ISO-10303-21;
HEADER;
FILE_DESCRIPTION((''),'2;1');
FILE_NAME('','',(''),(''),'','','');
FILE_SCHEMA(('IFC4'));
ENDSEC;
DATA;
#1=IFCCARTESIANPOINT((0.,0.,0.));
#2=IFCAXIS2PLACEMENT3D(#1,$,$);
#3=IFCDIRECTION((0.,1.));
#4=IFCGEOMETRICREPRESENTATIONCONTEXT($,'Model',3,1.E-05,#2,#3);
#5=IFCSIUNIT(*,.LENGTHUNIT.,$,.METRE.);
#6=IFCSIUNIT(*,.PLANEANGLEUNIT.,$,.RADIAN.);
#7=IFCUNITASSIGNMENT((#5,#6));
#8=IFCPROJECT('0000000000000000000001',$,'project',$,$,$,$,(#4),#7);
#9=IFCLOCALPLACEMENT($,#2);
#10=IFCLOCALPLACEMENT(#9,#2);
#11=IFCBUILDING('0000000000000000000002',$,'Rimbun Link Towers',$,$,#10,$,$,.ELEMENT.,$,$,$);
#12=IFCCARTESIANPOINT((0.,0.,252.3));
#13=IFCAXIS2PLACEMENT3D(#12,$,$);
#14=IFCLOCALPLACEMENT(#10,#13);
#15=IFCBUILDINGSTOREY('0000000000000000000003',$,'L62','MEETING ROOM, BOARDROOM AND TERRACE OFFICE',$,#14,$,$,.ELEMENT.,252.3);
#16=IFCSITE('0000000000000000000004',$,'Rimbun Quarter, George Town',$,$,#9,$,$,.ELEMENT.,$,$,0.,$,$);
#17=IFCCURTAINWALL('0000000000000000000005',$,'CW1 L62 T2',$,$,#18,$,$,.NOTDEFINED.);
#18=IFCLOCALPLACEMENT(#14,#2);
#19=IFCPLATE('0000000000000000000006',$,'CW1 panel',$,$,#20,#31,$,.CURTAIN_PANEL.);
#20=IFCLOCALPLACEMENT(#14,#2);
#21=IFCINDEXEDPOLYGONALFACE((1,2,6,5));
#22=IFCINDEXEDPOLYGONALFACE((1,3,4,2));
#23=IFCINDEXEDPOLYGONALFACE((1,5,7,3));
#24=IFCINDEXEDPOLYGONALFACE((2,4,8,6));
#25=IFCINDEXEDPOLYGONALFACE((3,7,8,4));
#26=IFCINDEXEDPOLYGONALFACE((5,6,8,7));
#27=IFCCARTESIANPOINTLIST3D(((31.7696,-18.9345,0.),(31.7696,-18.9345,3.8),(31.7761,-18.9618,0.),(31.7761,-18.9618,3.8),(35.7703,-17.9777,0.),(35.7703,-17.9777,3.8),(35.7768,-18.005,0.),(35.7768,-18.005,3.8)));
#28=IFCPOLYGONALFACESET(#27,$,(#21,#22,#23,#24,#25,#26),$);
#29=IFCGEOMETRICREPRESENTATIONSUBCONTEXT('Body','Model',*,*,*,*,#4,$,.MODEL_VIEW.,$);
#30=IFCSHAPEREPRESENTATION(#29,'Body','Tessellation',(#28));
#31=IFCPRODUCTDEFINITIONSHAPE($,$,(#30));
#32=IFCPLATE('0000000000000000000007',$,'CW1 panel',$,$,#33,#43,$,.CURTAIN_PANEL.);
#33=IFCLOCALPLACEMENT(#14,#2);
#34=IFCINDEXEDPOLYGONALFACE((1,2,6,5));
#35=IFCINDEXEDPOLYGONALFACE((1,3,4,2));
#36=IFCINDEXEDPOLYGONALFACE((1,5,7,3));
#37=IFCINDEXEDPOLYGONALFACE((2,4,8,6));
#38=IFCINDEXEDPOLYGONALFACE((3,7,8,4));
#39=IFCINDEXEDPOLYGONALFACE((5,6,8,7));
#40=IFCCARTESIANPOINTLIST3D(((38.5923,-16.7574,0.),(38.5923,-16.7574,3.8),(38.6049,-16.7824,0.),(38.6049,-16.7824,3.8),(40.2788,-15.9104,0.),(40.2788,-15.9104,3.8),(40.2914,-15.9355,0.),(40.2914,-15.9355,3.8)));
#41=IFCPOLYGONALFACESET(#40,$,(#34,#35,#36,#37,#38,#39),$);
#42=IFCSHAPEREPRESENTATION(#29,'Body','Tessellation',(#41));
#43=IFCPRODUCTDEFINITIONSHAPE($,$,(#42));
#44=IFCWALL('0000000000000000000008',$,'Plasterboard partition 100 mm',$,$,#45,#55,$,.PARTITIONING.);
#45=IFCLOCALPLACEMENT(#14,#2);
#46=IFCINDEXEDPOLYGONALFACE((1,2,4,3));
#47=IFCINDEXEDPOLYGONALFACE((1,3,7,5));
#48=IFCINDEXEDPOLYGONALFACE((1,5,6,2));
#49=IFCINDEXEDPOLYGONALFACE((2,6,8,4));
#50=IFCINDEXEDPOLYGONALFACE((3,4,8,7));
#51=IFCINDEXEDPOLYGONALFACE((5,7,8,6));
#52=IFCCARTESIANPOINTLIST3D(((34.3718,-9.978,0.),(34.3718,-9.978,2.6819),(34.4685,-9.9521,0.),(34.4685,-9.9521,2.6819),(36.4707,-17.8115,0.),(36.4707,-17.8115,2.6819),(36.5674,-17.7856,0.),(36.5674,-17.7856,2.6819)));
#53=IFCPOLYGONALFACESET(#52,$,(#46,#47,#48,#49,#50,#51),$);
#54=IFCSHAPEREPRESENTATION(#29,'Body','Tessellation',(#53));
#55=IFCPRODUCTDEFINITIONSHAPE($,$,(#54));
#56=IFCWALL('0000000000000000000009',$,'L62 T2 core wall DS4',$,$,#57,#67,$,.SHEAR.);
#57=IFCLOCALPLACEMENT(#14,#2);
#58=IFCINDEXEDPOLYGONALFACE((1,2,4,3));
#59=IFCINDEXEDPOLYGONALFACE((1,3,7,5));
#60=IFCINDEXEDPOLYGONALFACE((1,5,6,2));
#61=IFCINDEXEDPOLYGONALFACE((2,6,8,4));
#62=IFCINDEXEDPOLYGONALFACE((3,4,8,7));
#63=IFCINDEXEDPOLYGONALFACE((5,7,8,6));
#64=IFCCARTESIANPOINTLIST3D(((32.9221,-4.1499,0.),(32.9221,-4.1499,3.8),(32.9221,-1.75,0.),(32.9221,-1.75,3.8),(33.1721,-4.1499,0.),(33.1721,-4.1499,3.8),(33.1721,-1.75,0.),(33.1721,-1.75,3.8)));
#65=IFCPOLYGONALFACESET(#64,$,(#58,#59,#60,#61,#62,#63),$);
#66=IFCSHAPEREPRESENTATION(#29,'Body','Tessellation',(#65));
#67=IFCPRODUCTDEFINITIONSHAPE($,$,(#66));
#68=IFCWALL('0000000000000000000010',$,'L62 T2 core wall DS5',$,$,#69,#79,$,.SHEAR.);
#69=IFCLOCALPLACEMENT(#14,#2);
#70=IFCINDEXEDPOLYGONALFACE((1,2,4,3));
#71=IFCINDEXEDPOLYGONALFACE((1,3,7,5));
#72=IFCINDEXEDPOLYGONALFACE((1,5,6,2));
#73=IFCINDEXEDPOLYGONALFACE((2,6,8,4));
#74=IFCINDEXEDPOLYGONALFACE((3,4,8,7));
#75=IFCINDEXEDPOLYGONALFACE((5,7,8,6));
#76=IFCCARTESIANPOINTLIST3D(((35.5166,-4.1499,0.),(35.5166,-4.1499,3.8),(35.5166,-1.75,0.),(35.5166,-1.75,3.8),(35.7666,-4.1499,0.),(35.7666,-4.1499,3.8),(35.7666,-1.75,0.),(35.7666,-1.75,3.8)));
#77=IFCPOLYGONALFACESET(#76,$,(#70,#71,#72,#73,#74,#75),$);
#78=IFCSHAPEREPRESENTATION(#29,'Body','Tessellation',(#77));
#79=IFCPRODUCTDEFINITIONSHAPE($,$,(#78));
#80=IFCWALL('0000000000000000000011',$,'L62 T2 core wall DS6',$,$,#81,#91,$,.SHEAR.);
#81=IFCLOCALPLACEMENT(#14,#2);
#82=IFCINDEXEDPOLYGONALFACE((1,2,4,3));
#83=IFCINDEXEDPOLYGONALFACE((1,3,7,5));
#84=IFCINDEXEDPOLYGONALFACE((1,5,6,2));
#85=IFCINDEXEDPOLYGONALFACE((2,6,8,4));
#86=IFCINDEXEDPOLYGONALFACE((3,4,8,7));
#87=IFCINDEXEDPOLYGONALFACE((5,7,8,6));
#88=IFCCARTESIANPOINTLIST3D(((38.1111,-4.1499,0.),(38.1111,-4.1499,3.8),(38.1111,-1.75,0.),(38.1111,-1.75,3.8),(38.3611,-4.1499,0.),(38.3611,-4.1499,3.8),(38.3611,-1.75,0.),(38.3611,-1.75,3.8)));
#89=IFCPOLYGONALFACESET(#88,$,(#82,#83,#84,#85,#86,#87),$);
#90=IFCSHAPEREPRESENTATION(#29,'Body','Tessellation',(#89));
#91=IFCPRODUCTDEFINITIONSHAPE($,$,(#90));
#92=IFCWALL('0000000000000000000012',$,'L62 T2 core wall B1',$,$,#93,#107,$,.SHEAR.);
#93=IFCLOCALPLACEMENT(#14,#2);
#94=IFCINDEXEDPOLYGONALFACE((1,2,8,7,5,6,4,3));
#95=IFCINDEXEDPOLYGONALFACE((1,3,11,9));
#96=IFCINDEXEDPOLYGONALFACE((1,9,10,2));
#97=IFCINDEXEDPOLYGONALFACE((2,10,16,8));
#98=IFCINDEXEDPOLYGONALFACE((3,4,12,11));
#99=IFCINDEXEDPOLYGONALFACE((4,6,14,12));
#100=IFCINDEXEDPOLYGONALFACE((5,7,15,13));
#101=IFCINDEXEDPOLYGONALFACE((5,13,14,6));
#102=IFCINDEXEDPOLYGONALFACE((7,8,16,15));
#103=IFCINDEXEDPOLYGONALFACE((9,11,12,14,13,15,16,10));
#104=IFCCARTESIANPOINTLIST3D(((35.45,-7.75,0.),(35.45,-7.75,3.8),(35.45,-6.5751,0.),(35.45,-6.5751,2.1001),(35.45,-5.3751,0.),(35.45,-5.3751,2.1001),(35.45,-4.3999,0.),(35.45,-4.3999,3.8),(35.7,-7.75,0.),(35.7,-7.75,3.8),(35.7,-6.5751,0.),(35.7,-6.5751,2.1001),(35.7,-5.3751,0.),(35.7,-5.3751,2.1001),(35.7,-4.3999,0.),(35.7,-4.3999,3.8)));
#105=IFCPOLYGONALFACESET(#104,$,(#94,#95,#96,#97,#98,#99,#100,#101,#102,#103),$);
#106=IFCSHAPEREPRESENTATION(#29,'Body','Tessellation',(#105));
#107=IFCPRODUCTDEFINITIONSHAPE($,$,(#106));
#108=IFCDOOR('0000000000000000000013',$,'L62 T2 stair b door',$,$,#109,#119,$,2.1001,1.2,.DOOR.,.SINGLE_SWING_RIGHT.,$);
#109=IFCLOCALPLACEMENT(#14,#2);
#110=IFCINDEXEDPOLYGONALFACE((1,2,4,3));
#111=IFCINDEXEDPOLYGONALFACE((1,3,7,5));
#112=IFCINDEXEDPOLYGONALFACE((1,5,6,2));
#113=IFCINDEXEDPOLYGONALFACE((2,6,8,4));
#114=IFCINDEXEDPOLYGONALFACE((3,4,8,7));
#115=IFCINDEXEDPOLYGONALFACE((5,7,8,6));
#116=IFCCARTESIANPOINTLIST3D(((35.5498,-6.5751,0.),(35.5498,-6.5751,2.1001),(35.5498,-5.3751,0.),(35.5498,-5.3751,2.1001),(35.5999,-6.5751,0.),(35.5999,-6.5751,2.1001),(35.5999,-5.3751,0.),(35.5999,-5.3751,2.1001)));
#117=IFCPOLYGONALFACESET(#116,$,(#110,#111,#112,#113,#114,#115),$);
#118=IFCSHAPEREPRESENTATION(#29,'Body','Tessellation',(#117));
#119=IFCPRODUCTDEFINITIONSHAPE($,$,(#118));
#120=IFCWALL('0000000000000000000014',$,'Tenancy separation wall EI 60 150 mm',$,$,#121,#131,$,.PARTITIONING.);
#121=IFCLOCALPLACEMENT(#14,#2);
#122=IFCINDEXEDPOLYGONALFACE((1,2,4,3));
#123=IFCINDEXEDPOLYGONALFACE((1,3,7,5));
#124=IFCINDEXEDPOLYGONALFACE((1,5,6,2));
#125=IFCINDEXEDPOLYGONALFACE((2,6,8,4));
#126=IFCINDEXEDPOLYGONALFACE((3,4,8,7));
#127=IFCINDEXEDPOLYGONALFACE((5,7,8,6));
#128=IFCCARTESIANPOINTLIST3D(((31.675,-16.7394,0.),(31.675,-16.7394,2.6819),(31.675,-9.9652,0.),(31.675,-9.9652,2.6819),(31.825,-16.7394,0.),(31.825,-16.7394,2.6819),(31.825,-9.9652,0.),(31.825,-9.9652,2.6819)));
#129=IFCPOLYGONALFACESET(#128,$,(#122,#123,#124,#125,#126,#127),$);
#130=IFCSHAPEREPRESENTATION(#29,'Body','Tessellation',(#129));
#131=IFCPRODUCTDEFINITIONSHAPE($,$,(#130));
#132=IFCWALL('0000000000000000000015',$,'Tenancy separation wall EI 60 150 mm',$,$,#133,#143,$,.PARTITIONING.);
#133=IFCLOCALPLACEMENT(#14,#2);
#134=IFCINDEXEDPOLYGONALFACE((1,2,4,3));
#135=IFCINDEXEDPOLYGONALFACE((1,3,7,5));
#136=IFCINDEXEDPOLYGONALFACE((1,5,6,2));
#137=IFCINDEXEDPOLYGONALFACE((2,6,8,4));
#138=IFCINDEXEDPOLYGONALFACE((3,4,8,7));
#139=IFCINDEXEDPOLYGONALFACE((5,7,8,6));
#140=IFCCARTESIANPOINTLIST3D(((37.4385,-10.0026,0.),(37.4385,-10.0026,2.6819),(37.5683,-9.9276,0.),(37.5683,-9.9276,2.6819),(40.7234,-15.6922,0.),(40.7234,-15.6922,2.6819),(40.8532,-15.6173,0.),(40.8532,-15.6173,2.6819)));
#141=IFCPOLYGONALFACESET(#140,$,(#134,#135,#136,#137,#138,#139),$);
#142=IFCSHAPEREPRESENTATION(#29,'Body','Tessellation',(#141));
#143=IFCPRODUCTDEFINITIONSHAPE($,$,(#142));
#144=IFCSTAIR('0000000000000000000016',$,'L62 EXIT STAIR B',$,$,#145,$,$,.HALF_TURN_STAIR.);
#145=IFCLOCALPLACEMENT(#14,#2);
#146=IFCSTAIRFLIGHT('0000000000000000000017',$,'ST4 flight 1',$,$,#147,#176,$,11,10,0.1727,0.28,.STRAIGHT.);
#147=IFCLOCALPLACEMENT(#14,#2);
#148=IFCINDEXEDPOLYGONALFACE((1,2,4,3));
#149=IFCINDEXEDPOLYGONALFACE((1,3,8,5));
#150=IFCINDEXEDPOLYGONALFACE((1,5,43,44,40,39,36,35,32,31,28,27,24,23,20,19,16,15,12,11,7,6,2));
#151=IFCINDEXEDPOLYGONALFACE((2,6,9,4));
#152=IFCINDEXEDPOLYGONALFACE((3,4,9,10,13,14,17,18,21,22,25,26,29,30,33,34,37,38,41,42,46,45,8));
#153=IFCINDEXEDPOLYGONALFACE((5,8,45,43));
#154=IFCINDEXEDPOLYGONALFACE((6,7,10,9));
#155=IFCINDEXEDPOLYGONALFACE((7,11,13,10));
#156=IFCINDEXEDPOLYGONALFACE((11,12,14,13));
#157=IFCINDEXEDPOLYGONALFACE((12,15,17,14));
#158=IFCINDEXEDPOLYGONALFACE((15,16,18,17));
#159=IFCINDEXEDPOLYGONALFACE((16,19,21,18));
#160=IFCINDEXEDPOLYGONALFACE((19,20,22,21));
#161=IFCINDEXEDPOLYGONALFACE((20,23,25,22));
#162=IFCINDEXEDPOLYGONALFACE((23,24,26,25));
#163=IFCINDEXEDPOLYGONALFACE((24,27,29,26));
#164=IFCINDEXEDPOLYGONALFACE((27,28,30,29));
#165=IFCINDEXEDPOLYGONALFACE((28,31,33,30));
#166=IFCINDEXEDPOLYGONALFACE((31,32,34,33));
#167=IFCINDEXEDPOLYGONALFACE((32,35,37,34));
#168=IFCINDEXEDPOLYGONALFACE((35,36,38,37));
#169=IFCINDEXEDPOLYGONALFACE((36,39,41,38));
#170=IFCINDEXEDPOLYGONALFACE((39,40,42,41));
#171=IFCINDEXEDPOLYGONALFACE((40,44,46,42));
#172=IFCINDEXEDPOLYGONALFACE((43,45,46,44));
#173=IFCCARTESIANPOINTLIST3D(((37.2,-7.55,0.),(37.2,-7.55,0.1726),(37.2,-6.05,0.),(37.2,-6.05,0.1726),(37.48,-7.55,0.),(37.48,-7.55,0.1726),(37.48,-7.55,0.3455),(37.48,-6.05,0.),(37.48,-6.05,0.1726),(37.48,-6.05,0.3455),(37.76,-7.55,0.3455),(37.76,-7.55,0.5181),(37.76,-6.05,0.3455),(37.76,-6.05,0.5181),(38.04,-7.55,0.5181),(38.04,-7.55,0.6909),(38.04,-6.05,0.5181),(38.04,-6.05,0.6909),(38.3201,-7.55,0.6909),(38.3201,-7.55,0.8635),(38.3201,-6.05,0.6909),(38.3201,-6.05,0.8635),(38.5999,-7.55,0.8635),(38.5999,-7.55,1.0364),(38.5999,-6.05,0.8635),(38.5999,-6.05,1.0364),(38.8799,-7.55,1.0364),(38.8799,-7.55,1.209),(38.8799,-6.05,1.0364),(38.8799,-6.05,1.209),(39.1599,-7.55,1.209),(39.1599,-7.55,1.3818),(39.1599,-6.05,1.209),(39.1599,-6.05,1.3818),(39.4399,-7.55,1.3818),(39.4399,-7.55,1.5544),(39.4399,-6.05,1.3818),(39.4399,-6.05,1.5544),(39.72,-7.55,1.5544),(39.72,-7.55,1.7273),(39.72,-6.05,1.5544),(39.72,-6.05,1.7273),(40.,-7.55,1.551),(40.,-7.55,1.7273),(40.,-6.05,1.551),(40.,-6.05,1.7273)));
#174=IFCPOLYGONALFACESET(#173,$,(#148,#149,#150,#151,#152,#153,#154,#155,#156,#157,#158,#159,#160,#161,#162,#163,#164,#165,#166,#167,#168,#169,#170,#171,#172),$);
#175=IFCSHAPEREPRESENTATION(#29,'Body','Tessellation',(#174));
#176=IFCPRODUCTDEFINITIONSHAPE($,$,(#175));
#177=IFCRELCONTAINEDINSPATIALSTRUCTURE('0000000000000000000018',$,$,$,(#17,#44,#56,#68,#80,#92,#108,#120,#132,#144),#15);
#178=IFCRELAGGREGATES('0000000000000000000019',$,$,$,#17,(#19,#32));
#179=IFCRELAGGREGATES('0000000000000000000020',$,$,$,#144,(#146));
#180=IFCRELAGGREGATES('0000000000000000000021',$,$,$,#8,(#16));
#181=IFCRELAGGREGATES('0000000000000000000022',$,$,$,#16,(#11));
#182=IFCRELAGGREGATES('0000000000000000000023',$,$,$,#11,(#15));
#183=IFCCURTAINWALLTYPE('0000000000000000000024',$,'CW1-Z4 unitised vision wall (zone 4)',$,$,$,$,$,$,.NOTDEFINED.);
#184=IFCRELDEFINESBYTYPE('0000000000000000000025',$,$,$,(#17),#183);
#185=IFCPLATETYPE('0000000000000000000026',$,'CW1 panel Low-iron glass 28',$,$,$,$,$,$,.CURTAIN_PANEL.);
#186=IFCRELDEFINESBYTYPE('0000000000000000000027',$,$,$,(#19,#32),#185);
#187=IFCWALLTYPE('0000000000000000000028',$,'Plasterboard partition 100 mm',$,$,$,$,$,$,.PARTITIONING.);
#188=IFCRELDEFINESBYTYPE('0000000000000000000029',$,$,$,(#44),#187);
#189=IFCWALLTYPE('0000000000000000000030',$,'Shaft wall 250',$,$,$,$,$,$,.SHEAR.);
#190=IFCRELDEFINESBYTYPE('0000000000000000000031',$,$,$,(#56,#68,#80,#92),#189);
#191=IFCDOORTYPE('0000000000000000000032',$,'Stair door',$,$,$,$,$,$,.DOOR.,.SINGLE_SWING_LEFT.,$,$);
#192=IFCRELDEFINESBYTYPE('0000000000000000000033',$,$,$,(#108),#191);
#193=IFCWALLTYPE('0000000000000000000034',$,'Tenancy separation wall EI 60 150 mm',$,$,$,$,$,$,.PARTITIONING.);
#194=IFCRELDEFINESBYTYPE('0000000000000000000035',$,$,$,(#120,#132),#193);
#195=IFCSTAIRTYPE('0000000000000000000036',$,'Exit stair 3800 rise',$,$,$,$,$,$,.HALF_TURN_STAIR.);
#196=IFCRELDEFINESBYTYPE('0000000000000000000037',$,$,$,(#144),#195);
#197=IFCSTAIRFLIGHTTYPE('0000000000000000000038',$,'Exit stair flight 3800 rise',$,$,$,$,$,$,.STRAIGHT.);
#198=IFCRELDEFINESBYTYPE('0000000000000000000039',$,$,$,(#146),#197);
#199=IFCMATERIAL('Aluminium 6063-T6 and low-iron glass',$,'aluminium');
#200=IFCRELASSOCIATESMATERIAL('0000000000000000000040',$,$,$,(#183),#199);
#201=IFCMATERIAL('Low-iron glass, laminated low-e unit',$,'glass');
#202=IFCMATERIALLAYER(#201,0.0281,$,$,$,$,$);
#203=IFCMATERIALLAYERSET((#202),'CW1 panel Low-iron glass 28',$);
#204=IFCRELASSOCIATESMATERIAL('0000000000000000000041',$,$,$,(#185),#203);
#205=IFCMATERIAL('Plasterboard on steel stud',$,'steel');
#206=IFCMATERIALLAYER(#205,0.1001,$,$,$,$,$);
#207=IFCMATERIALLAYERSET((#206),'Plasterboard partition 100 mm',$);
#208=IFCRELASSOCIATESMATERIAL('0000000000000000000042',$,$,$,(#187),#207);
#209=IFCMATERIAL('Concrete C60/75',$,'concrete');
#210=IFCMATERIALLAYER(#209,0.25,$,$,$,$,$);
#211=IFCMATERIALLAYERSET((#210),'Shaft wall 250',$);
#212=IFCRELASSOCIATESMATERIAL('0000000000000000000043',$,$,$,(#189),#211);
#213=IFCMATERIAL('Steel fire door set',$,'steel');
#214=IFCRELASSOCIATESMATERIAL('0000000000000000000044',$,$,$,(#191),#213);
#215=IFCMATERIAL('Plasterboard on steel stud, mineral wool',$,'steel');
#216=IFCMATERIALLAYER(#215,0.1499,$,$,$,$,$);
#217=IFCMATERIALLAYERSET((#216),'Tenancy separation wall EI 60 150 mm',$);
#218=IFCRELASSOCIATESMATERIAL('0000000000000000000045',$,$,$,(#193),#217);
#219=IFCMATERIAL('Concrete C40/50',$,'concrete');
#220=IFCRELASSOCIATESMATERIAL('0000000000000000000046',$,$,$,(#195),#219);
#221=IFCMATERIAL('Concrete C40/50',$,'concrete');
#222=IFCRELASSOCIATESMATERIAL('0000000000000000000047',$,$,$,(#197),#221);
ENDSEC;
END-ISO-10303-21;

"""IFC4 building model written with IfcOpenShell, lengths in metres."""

from ifc_helpers import new_model, si_unit, direction, frame, frame_2d, origin, origin_2d, place, context, subcontext, project, spatial, polyline, rectangle, outline, extrude, material, layer, layer_set, type_object, element, fill, aggregate, save


model = new_model("IFC4")

# Units and contexts
model_context = context("Model", 3, precision=1e-05, world=origin(), true_north=direction((0.0, 1.0)))
body_context = subcontext(model_context, "Body", "Model", "MODEL_VIEW")
ifc_project = project(units=[si_unit("LENGTHUNIT", "METRE"), si_unit("PLANEANGLEUNIT", "RADIAN")], contexts=[model_context])

# Site, building, storey
site_placement = place(None, origin())
site = spatial("IfcSite", under=ifc_project, at=site_placement, Name="Rimbun Quarter, George Town", CompositionType="ELEMENT", RefElevation=0.0)
building_placement = place(site_placement, origin())
building = spatial("IfcBuilding", under=site, at=building_placement, Name="Rimbun Link Towers", CompositionType="ELEMENT")
storey_placement = place(building_placement, frame((0.0, 0.0, 252.3)))
storey = spatial("IfcBuildingStorey", under=building, at=storey_placement, Name="L62", Description="MEETING ROOM, BOARDROOM AND TERRACE OFFICE", CompositionType="ELEMENT", Elevation=252.3)

# Curtain wall
ifc_material_1 = material(Name="Aluminium 6063-T6 and low-iron glass", Category="aluminium")
curtain_wall_type = type_object("IfcCurtainWallType", Name="CW1-Z4 unitised vision wall (zone 4)", PredefinedType="NOTDEFINED", material=ifc_material_1)
curtain_wall_placement = place(storey_placement, origin())
curtain_wall = element("IfcCurtainWall", 1, at=curtain_wall_placement, inside=storey, type_object=curtain_wall_type, Name="CW1 L62 T2", PredefinedType="NOTDEFINED")

# Plates
ifc_material_2 = material(Name="Low-iron glass, laminated low-e unit", Category="glass")
ifc_layer_1 = layer(ifc_material_2, 0.0281)
ifc_layer_set_1 = layer_set([ifc_layer_1], Name="CW1 panel Low-iron glass 28")
plate_type = type_object("IfcPlateType", Name="CW1 panel Low-iron glass 28", PredefinedType="CURTAIN_PANEL", material=ifc_layer_set_1)
plate_1_placement = place(storey_placement, frame((33.7732, -18.4697, 0.0), z_axis=(0.0, 0.0, 1.0), x_axis=(-0.972571, -0.232605, 0.0)))
plate_1 = element("IfcPlate", 2, at=plate_1_placement, type_object=plate_type, Name="CW1 panel", PredefinedType="CURTAIN_PANEL", context=body_context, shape_type="SweptSolid", body=[
    extrude(rectangle(XDim=4.1135, YDim=0.0281, at=origin_2d()), origin(), (0.0, 0.0, 1.0), 3.8),
])
plate_2_placement = place(storey_placement, frame((39.4419, -16.3464, 0.0), z_axis=(0.0, 0.0, 1.0), x_axis=(-0.893647, -0.44877, 0.0)))
plate_2 = element("IfcPlate", 3, at=plate_2_placement, type_object=plate_type, Name="CW1 panel", PredefinedType="CURTAIN_PANEL", context=body_context, shape_type="SweptSolid", body=[
    extrude(rectangle(XDim=1.8872, YDim=0.0281, at=origin_2d()), origin(), (0.0, 0.0, 1.0), 3.8),
])
aggregate(curtain_wall, [plate_1, plate_2])

# Walls
ifc_material_3 = material(Name="Plasterboard on steel stud", Category="steel")
ifc_layer_2 = layer(ifc_material_3, 0.1001)
ifc_layer_set_2 = layer_set([ifc_layer_2], Name="Plasterboard partition 100 mm")
wall_type_1 = type_object("IfcWallType", Name="Plasterboard partition 100 mm", PredefinedType="PARTITIONING", material=ifc_layer_set_2)
wall_1_placement = place(storey_placement, frame((36.519, -17.7986, 0.0), z_axis=(0.0, 0.0, 1.0), x_axis=(-0.258807, 0.965929, 0.0)))
element("IfcWall", 4, at=wall_1_placement, inside=storey, type_object=wall_type_1, Name="Plasterboard partition 100 mm", PredefinedType="PARTITIONING", context=body_context, shape_type="SweptSolid", body=[
    extrude(rectangle(XDim=8.1099, YDim=0.1001, at=frame_2d((4.0549, 0.0))), origin(), (0.0, 0.0, 1.0), 2.6819),
])
ifc_material_4 = material(Name="Concrete C60/75", Category="concrete")
ifc_layer_3 = layer(ifc_material_4, 0.25)
ifc_layer_set_3 = layer_set([ifc_layer_3], Name="Shaft wall 250")
wall_type_2 = type_object("IfcWallType", Name="Shaft wall 250", PredefinedType="SHEAR", material=ifc_layer_set_3)
for number, where, z_axis, x_axis, name in (
    (5, (33.0471, -4.1499, 0.0), (0.0, 0.0, 1.0), (0.0, 1.0, 0.0), "L62 T2 core wall DS4"),
    (6, (35.6416, -4.1499, 0.0), (0.0, 0.0, 1.0), (0.0, 1.0, 0.0), "L62 T2 core wall DS5"),
    (7, (38.2361, -4.1499, 0.0), (0.0, 0.0, 1.0), (0.0, 1.0, 0.0), "L62 T2 core wall DS6"),
):
    element("IfcWall", number, at=place(storey_placement, frame(where, z_axis=z_axis, x_axis=x_axis)), inside=storey, type_object=wall_type_2, Name=name, PredefinedType="SHEAR", context=body_context, shape_type="SweptSolid", body=[
        extrude(rectangle(XDim=2.3999, YDim=0.25, at=frame_2d((1.2, 0.0))), origin(), (0.0, 0.0, 1.0), 3.8),
    ])

# Wall, opening, door
wall_2_placement = place(storey_placement, frame((35.575, -4.3999, 0.0), z_axis=(0.0, 0.0, 1.0), x_axis=(0.0, -1.0, 0.0)))
wall_2 = element("IfcWall", 8, at=wall_2_placement, inside=storey, type_object=wall_type_2, Name="L62 T2 core wall B1", PredefinedType="SHEAR", context=body_context, shape_type="SweptSolid", body=[
    extrude(rectangle(XDim=3.3501, YDim=0.25, at=frame_2d((1.675, 0.0))), origin(), (0.0, 0.0, 1.0), 3.8),
])
opening_placement = place(wall_2_placement, frame((0.9751, 0.0, 0.0)))
opening = element("IfcOpeningElement", 9, at=opening_placement, cuts=wall_2, PredefinedType="OPENING", context=body_context, shape_type="SweptSolid", body=[
    extrude(rectangle(XDim=1.2, YDim=2.1001, at=frame_2d((0.6001, 1.05))), frame((0.0, 0.135, 0.0), z_axis=(0.0, -1.0, 0.0), x_axis=(1.0, 0.0, 0.0)), (0.0, 0.0, 1.0), 0.27),
])
ifc_material_5 = material(Name="Steel fire door set", Category="steel")
door_type = type_object("IfcDoorType", Name="Stair door", OperationType="SINGLE_SWING_LEFT", PredefinedType="DOOR", material=ifc_material_5)
door_placement = place(opening_placement, origin())
door = element("IfcDoor", 10, at=door_placement, inside=storey, type_object=door_type, Name="L62 T2 stair b door", OperationType="SINGLE_SWING_RIGHT", OverallHeight=2.1001, OverallWidth=1.2, PredefinedType="DOOR", context=body_context, shape_type="SweptSolid", body=[
    extrude(rectangle(XDim=1.2, YDim=2.1001, at=frame_2d((0.6001, 1.05))), frame((0.0, 0.0249, 0.0), z_axis=(0.0, -1.0, 0.0), x_axis=(1.0, 0.0, 0.0)), (0.0, 0.0, 1.0), 0.05),
])
fill(opening, door)

# Walls
ifc_material_6 = material(Name="Plasterboard on steel stud, mineral wool", Category="steel")
ifc_layer_4 = layer(ifc_material_6, 0.1499)
ifc_layer_set_4 = layer_set([ifc_layer_4], Name="Tenancy separation wall EI 60 150 mm")
wall_type_3 = type_object("IfcWallType", Name="Tenancy separation wall EI 60 150 mm", PredefinedType="PARTITIONING", material=ifc_layer_set_4)
wall_3_placement = place(storey_placement, frame((31.75, -9.9651, 0.0), z_axis=(0.0, 0.0, 1.0), x_axis=(0.0, -1.0, 0.0)))
element("IfcWall", 11, at=wall_3_placement, inside=storey, type_object=wall_type_3, Name="Tenancy separation wall EI 60 150 mm", PredefinedType="PARTITIONING", context=body_context, shape_type="SweptSolid", body=[
    extrude(rectangle(XDim=6.7742, YDim=0.1499, at=frame_2d((3.3872, 0.0))), origin(), (0.0, 0.0, 1.0), 2.6819),
])
wall_4_placement = place(storey_placement, frame((37.5034, -9.9651, 0.0), z_axis=(0.0, 0.0, 1.0), x_axis=(0.499996, -0.866028, 0.0)))
element("IfcWall", 12, at=wall_4_placement, inside=storey, type_object=wall_type_3, Name="Tenancy separation wall EI 60 150 mm", PredefinedType="PARTITIONING", context=body_context, shape_type="SweptSolid", body=[
    extrude(rectangle(XDim=6.5698, YDim=0.1499, at=frame_2d((3.2849, 0.0))), origin(), (0.0, 0.0, 1.0), 2.6819),
])

# Stair, stair flight
ifc_material_7 = material(Name="Concrete C40/50", Category="concrete")
stair_type = type_object("IfcStairType", Name="Exit stair 3800 rise", PredefinedType="HALF_TURN_STAIR", material=ifc_material_7)
stair_placement = place(storey_placement, origin())
stair = element("IfcStair", 13, at=stair_placement, inside=storey, type_object=stair_type, Name="L62 EXIT STAIR B", PredefinedType="HALF_TURN_STAIR")
ifc_material_8 = material(Name="Concrete C40/50", Category="concrete")
stair_flight_type = type_object("IfcStairFlightType", Name="Exit stair flight 3800 rise", PredefinedType="STRAIGHT", material=ifc_material_8)
stair_flight_1_placement = place(storey_placement, frame((37.2, -6.8, 0.0), z_axis=(0.0, 0.0, 1.0), x_axis=(1.0, 0.0, 0.0)))
stair_flight_1 = element("IfcStairFlight", 14, at=stair_flight_1_placement, type_object=stair_flight_type, Name="ST4 flight 1", NumberOfRisers=11, NumberOfTreads=10, PredefinedType="STRAIGHT", RiserHeight=0.1727, TreadLength=0.28, context=body_context, shape_type="SweptSolid", body=[
    extrude(outline(polyline([(0.0, 0.0), (0.0, 0.1726), (0.28, 0.1726), (0.28, 0.3455), (0.5601, 0.3455), (0.5601, 0.5181), (0.8401, 0.5181), (0.8401, 0.6909), (1.1201, 0.6909), (1.1201, 0.8635), (1.3999, 0.8635), (1.3999, 1.0364), (1.6799, 1.0364), (1.6799, 1.209), (1.96, 1.209), (1.96, 1.3818), (2.24, 1.3818), (2.24, 1.5544), (2.52, 1.5544), (2.52, 1.7273), (2.8, 1.7273), (2.8, 1.8999), (2.8, 1.551), (0.28, 0.0), (0.0, 0.0)])), frame((0.0, 0.75, 0.0), z_axis=(0.0, -1.0, 0.0), x_axis=(1.0, 0.0, 0.0)), (0.0, 0.0, 1.0), 1.5),
])
aggregate(stair, [stair_flight_1])

save(model, "model.ifc")
